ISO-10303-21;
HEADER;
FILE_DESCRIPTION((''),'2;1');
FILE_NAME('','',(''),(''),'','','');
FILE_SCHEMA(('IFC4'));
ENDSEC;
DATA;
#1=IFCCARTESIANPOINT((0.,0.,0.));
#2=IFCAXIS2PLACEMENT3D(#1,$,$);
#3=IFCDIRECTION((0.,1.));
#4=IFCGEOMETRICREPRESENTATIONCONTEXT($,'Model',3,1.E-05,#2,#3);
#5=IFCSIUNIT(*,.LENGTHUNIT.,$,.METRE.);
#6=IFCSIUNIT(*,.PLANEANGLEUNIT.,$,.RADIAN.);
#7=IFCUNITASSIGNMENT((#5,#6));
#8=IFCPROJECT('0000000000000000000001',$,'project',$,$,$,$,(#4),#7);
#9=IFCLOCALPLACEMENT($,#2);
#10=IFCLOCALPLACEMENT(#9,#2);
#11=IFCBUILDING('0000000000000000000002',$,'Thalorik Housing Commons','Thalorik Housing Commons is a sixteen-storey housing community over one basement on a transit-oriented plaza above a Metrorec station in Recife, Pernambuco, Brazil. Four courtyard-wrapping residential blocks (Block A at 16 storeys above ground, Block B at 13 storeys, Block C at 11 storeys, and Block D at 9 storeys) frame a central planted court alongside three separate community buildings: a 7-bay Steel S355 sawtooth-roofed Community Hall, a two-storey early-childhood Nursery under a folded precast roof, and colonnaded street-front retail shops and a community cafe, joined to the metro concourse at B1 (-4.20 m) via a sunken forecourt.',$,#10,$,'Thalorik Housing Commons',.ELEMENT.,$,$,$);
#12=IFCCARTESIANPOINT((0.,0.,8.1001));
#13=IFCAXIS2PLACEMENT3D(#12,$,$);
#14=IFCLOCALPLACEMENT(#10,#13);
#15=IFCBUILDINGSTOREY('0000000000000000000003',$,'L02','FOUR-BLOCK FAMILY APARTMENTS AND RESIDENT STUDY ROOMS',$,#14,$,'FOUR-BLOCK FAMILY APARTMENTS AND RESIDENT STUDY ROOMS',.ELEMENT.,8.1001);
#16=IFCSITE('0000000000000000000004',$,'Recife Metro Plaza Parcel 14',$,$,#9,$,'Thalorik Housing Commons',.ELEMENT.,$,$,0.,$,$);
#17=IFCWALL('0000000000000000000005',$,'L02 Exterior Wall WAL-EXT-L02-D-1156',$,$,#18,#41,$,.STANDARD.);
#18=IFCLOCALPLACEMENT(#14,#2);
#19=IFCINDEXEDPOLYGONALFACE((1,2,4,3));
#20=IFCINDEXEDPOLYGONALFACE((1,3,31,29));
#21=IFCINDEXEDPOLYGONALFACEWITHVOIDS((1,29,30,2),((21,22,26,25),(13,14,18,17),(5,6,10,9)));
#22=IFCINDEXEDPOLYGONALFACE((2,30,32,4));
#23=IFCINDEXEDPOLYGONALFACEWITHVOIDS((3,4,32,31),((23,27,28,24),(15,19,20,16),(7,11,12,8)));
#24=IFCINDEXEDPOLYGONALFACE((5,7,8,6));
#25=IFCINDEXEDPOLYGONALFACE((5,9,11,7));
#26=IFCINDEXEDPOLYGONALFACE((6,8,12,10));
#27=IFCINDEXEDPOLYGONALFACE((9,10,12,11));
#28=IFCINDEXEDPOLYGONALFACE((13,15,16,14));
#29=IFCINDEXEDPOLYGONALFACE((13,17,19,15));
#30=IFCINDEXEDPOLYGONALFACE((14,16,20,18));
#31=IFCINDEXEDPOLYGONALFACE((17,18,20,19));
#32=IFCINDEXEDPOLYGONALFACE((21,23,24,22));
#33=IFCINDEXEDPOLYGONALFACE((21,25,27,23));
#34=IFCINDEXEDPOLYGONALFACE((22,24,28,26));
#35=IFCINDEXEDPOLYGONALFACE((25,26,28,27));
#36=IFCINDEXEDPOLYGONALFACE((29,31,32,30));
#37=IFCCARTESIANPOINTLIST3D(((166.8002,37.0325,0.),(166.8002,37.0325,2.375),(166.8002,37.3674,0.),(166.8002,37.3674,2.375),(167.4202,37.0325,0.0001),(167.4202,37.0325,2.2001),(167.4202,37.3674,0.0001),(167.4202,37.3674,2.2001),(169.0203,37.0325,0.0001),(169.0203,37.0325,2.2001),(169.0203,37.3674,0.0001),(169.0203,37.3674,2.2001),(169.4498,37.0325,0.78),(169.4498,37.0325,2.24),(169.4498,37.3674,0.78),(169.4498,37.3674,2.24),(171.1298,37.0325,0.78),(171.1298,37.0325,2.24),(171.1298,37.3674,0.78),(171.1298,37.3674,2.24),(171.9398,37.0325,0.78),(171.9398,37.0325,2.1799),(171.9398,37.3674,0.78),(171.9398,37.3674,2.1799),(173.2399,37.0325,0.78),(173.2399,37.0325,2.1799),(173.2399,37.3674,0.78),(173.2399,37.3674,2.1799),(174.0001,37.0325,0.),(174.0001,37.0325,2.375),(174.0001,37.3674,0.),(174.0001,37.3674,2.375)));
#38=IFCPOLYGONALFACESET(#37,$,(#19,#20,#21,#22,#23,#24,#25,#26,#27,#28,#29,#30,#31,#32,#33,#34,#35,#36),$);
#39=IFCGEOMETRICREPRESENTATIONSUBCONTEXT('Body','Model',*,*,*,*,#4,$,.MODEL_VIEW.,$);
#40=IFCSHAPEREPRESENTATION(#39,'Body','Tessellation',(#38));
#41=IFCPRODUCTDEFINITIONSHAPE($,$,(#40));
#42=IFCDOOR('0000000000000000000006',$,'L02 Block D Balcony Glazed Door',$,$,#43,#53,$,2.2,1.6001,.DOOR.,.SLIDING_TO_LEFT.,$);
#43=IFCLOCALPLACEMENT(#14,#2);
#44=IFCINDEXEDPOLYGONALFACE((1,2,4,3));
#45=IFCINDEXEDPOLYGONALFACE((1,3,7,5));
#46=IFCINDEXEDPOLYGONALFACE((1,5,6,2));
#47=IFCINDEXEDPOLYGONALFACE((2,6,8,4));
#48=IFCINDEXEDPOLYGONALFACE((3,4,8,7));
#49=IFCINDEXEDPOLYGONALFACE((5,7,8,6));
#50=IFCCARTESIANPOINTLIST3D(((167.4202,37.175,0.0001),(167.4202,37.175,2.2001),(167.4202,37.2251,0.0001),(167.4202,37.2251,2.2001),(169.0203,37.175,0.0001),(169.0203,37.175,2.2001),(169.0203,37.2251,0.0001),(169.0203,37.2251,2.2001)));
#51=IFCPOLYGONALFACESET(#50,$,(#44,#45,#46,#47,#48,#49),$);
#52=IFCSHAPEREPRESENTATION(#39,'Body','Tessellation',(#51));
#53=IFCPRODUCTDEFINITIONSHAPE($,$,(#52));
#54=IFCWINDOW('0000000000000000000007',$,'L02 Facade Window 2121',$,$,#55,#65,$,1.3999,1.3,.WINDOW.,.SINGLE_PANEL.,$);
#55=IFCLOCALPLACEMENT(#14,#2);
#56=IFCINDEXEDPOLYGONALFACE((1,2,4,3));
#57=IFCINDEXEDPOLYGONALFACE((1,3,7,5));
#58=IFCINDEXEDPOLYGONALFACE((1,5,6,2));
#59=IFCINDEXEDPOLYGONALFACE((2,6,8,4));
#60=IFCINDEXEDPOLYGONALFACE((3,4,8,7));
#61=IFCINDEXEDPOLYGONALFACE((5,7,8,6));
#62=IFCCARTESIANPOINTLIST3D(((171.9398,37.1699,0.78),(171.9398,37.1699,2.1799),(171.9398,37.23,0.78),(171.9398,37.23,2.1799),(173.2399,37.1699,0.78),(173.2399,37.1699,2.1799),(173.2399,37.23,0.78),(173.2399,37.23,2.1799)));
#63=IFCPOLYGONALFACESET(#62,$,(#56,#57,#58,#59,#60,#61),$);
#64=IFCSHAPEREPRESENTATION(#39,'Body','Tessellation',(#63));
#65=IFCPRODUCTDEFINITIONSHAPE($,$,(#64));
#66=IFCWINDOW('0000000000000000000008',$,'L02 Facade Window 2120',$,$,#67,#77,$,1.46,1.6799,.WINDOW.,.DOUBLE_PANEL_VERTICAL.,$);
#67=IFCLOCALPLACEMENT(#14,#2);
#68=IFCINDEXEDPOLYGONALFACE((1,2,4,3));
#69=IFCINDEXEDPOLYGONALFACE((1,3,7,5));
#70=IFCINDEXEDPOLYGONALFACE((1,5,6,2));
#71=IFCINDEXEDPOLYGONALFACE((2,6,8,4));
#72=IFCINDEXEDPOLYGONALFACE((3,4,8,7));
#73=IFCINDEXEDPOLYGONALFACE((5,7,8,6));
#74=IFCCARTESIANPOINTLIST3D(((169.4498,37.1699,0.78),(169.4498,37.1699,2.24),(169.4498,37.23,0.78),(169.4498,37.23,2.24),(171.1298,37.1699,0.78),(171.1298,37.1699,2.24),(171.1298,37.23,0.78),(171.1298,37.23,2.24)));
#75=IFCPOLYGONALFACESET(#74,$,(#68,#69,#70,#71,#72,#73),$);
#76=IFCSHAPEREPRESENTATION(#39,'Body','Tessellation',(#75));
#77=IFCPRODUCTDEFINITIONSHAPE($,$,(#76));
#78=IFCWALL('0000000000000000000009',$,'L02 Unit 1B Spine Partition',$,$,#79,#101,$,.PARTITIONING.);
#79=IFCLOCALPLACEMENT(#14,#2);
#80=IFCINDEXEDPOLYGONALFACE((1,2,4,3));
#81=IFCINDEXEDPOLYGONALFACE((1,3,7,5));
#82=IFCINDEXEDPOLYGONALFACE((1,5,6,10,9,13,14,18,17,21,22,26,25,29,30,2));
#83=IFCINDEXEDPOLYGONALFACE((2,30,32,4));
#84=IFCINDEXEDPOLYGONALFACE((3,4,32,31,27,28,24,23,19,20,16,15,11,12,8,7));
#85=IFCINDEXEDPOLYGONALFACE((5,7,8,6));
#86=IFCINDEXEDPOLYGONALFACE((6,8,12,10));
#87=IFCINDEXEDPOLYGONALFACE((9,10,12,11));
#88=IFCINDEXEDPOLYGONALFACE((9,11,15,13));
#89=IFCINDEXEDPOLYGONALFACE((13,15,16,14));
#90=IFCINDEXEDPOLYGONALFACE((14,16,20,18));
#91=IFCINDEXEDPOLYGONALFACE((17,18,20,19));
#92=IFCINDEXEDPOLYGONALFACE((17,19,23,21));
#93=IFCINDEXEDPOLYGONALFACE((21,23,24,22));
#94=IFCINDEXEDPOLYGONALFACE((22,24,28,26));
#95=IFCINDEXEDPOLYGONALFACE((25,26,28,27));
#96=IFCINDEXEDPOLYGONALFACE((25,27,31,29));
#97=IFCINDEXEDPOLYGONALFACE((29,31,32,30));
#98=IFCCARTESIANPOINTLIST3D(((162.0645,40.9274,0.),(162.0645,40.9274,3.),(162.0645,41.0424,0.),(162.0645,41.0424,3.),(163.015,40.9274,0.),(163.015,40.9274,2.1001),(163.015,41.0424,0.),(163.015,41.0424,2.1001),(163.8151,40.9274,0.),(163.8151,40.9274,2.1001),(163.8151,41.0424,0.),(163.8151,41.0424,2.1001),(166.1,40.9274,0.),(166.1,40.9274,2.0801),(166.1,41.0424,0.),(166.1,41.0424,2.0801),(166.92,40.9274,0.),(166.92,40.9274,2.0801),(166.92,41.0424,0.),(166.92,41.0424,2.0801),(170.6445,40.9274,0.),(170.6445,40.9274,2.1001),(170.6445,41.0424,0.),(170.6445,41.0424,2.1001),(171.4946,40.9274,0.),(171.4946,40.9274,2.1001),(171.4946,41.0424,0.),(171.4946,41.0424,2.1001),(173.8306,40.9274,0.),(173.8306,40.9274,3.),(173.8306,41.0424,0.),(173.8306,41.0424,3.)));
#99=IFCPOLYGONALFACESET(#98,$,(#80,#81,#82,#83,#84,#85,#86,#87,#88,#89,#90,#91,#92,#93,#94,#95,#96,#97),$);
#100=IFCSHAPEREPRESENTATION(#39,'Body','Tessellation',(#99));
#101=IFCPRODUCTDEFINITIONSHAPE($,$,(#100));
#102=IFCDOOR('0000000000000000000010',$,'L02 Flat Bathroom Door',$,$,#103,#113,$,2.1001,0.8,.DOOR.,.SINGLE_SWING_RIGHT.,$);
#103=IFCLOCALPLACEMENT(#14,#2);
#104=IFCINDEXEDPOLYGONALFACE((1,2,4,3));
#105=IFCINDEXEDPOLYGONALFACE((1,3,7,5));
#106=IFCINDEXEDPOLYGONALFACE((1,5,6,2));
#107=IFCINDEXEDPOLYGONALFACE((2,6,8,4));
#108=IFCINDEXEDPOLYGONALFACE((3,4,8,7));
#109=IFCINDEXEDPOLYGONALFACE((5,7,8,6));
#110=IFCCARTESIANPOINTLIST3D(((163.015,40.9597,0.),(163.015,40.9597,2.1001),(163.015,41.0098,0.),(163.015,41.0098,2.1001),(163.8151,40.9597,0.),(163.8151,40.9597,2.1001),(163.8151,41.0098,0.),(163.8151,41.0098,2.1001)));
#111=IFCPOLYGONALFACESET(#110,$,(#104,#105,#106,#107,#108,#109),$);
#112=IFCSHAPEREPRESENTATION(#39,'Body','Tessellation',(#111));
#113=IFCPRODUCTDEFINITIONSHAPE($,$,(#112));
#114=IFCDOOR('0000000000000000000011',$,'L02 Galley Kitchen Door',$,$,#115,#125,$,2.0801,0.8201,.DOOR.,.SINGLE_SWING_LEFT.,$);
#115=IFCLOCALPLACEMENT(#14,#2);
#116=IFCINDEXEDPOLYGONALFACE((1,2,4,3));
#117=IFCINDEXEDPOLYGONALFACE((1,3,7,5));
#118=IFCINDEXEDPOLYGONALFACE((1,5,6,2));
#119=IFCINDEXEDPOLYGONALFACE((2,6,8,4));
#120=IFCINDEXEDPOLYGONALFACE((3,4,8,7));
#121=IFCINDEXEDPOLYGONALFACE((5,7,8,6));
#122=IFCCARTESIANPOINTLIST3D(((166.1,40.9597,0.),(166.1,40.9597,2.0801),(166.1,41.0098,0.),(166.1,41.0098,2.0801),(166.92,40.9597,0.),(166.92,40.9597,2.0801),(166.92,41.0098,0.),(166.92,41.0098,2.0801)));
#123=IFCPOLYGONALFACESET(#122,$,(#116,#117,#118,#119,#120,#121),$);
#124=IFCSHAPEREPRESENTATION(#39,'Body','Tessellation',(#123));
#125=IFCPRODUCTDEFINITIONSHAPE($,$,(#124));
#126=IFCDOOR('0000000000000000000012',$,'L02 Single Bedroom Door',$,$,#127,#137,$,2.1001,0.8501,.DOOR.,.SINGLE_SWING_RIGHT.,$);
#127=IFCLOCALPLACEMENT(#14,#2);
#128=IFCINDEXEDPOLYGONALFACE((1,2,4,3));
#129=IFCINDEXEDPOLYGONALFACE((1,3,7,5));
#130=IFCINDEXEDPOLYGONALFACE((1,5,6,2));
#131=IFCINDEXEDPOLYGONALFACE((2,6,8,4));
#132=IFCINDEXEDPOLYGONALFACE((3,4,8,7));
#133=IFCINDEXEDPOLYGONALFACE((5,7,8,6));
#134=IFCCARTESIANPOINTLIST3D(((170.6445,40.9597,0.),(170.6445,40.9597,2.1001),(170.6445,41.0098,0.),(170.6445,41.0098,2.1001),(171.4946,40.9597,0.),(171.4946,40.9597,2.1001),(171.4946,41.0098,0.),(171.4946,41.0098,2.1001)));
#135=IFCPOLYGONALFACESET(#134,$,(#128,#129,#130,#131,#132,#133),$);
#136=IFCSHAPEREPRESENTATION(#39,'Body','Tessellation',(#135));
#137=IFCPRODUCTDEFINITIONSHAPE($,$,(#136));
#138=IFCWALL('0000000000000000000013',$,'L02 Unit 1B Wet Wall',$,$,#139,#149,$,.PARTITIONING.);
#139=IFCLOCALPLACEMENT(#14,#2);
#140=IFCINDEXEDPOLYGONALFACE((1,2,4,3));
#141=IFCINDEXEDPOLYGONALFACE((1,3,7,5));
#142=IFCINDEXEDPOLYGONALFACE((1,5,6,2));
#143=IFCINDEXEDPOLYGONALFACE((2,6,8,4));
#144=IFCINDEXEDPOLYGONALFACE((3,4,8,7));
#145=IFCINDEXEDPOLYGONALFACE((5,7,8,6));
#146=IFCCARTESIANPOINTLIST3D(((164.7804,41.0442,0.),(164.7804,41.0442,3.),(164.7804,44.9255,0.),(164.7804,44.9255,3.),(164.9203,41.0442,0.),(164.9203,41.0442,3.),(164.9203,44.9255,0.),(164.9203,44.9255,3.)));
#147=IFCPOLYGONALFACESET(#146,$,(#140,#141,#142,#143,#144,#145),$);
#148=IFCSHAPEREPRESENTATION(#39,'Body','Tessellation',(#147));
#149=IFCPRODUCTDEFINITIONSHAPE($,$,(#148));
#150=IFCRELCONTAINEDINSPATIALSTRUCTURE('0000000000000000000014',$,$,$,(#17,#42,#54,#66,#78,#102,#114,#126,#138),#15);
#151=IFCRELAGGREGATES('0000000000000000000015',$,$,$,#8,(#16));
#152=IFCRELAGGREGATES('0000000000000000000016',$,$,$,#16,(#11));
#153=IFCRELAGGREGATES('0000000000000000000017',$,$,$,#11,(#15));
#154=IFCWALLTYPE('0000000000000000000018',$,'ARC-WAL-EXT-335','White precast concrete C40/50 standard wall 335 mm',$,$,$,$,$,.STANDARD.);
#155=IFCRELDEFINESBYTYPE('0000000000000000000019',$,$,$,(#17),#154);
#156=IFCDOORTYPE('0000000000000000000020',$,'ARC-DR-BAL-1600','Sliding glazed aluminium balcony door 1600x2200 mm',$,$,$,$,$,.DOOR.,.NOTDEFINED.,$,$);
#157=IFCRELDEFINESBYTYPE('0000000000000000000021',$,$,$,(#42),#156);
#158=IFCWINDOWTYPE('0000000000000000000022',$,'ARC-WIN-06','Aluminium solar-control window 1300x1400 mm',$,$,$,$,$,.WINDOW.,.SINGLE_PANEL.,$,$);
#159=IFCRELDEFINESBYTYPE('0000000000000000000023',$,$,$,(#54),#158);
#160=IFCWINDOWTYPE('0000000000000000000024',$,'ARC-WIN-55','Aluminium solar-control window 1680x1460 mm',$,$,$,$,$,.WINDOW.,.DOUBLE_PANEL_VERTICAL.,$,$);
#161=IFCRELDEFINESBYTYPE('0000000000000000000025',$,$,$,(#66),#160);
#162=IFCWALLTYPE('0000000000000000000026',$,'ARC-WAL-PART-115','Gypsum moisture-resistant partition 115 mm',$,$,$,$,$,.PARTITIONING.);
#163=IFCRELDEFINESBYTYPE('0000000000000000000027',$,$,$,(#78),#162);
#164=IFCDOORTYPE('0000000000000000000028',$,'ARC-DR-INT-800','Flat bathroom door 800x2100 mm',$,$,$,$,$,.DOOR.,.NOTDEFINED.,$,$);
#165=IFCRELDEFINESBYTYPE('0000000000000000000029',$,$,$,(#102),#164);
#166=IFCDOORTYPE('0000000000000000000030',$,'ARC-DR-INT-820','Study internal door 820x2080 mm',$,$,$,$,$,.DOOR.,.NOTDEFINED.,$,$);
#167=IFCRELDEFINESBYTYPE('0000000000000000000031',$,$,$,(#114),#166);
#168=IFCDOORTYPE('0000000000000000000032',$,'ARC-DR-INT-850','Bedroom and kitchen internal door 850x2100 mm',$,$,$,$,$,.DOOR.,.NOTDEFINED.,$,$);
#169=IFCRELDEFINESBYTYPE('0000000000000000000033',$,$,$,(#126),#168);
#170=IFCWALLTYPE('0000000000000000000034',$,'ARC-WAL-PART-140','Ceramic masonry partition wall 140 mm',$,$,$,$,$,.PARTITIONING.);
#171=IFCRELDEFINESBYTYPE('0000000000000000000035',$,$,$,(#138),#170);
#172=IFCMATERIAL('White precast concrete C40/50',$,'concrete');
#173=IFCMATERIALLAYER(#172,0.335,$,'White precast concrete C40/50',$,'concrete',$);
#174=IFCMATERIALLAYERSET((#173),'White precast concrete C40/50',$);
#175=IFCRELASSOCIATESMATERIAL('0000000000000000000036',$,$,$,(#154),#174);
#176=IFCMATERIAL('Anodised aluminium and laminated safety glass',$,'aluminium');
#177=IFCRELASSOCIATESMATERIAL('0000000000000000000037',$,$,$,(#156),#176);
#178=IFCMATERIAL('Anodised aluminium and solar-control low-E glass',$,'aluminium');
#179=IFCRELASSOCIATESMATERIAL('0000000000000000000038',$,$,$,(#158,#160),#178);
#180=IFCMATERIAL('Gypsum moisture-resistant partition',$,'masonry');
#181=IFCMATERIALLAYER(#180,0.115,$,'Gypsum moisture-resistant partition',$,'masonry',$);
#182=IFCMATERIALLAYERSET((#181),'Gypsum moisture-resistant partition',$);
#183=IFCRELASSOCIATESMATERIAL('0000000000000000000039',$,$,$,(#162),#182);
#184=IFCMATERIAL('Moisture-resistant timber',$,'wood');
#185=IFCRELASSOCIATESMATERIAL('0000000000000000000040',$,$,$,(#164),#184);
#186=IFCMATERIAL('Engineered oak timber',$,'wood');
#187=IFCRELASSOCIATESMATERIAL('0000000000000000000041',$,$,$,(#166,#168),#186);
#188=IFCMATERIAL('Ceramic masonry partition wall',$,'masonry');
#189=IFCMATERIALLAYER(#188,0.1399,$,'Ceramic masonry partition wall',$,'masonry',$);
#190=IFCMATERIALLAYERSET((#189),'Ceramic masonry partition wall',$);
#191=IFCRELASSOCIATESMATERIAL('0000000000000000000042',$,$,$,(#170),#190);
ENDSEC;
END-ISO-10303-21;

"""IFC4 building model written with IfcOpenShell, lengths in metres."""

from ifc_helpers import new_model, si_unit, direction, frame, frame_2d, origin, place, context, subcontext, project, spatial, rectangle, extrude, material, layer, layer_set, type_object, element, fill, save


model = new_model("IFC4")

# Units and contexts
model_context = context("Model", 3, precision=1e-05, world=origin(), true_north=direction((0.0, 1.0)))
body_context = subcontext(model_context, "Body", "Model", "MODEL_VIEW")
ifc_project = project(units=[si_unit("LENGTHUNIT", "METRE"), si_unit("PLANEANGLEUNIT", "RADIAN")], contexts=[model_context])

# Site, building, storey
site_placement = place(None, origin())
site = spatial("IfcSite", under=ifc_project, at=site_placement, Name="Recife Metro Plaza Parcel 14", LongName="Thalorik Housing Commons", CompositionType="ELEMENT", RefElevation=0.0)
building_placement = place(site_placement, origin())
building = spatial("IfcBuilding", under=site, at=building_placement, Name="Thalorik Housing Commons", Description="Thalorik Housing Commons is a sixteen-storey housing community over one basement on a transit-oriented plaza above a Metrorec station in Recife, Pernambuco, Brazil. Four courtyard-wrapping residential blocks (Block A at 16 storeys above ground, Block B at 13 storeys, Block C at 11 storeys, and Block D at 9 storeys) frame a central planted court alongside three separate community buildings: a 7-bay Steel S355 sawtooth-roofed Community Hall, a two-storey early-childhood Nursery under a folded precast roof, and colonnaded street-front retail shops and a community cafe, joined to the metro concourse at B1 (-4.20 m) via a sunken forecourt.", LongName="Thalorik Housing Commons", CompositionType="ELEMENT")
storey_placement = place(building_placement, frame((0.0, 0.0, 8.1001)))
storey = spatial("IfcBuildingStorey", under=building, at=storey_placement, Name="L02", Description="FOUR-BLOCK FAMILY APARTMENTS AND RESIDENT STUDY ROOMS", LongName="FOUR-BLOCK FAMILY APARTMENTS AND RESIDENT STUDY ROOMS", CompositionType="ELEMENT", Elevation=8.1001)

# Wall, openings, door, windows
ifc_material_1 = material(Name="White precast concrete C40/50", Category="concrete")
ifc_layer_1 = layer(ifc_material_1, 0.335, Name="White precast concrete C40/50", Category="concrete")
ifc_layer_set_1 = layer_set([ifc_layer_1], Name="White precast concrete C40/50")
wall_type_1 = type_object("IfcWallType", Name="ARC-WAL-EXT-335", Description="White precast concrete C40/50 standard wall 335 mm", PredefinedType="STANDARD", material=ifc_layer_set_1)
wall_1_placement = place(storey_placement, frame((166.8, 37.2, 0.0), z_axis=(0.0, 0.0, 1.0), x_axis=(1.0, 0.0, 0.0)))
wall_1 = element("IfcWall", 1, at=wall_1_placement, inside=storey, type_object=wall_type_1, Name="L02 Exterior Wall WAL-EXT-L02-D-1156", PredefinedType="STANDARD", context=body_context, shape_type="SweptSolid", body=[
    extrude(rectangle(XDim=7.2, YDim=0.335, at=frame_2d((3.6001, 0.0))), origin(), (0.0, 0.0, 1.0), 2.375),
])
opening_1_placement = place(wall_1_placement, frame((0.6201, 0.0, 0.0)))
opening_1 = element("IfcOpeningElement", 2, at=opening_1_placement, cuts=wall_1, PredefinedType="OPENING", context=body_context, shape_type="SweptSolid", body=[
    extrude(rectangle(XDim=1.6001, YDim=2.2, at=frame_2d((0.8, 1.1001))), frame((0.0, 0.1775, 0.0), z_axis=(0.0, -1.0, 0.0), x_axis=(1.0, 0.0, 0.0)), (0.0, 0.0, 1.0), 0.355),
])
opening_2_placement = place(wall_1_placement, frame((2.6499, 0.0, 0.78)))
opening_2 = element("IfcOpeningElement", 3, at=opening_2_placement, cuts=wall_1, PredefinedType="OPENING", context=body_context, shape_type="SweptSolid", body=[
    extrude(rectangle(XDim=1.6799, YDim=1.46, at=frame_2d((0.8398, 0.73))), frame((0.0, 0.1775, 0.0), z_axis=(0.0, -1.0, 0.0), x_axis=(1.0, 0.0, 0.0)), (0.0, 0.0, 1.0), 0.355),
])
opening_3_placement = place(wall_1_placement, frame((5.1399, 0.0, 0.78)))
opening_3 = element("IfcOpeningElement", 4, at=opening_3_placement, cuts=wall_1, PredefinedType="OPENING", context=body_context, shape_type="SweptSolid", body=[
    extrude(rectangle(XDim=1.3, YDim=1.3999, at=frame_2d((0.6499, 0.7))), frame((0.0, 0.1775, 0.0), z_axis=(0.0, -1.0, 0.0), x_axis=(1.0, 0.0, 0.0)), (0.0, 0.0, 1.0), 0.355),
])
ifc_material_2 = material(Name="Anodised aluminium and laminated safety glass", Category="aluminium")
door_type_1 = type_object("IfcDoorType", Name="ARC-DR-BAL-1600", Description="Sliding glazed aluminium balcony door 1600x2200 mm", OperationType="NOTDEFINED", PredefinedType="DOOR", material=ifc_material_2)
door_1_placement = place(opening_1_placement, frame((1.6001, 0.0, 0.0), z_axis=(0.0, 0.0, 1.0), x_axis=(-1.0, 0.0, 0.0)))
door_1 = element("IfcDoor", 5, at=door_1_placement, inside=storey, type_object=door_type_1, Name="L02 Block D Balcony Glazed Door", OperationType="SLIDING_TO_LEFT", OverallHeight=2.2, OverallWidth=1.6001, PredefinedType="DOOR", context=body_context, shape_type="SweptSolid", body=[
    extrude(rectangle(XDim=1.6001, YDim=2.2, at=frame_2d((0.8, 1.1001))), frame((0.0, 0.0249, 0.0), z_axis=(0.0, -1.0, 0.0), x_axis=(1.0, 0.0, 0.0)), (0.0, 0.0, 1.0), 0.05),
])
fill(opening_1, door_1)
ifc_material_3 = material(Name="Anodised aluminium and solar-control low-E glass", Category="aluminium")
window_type_1 = type_object("IfcWindowType", Name="ARC-WIN-06", Description="Aluminium solar-control window 1300x1400 mm", PartitioningType="SINGLE_PANEL", PredefinedType="WINDOW", material=ifc_material_3)
window_1_placement = place(opening_3_placement, origin())
window_1 = element("IfcWindow", 6, at=window_1_placement, inside=storey, type_object=window_type_1, Name="L02 Facade Window 2121", OverallHeight=1.3999, OverallWidth=1.3, PartitioningType="SINGLE_PANEL", PredefinedType="WINDOW", context=body_context, shape_type="SweptSolid", body=[
    extrude(rectangle(XDim=1.3, YDim=1.3999, at=frame_2d((0.6499, 0.7))), frame((0.0, 0.03, 0.0), z_axis=(0.0, -1.0, 0.0), x_axis=(1.0, 0.0, 0.0)), (0.0, 0.0, 1.0), 0.0601),
])
fill(opening_3, window_1)
window_type_2 = type_object("IfcWindowType", Name="ARC-WIN-55", Description="Aluminium solar-control window 1680x1460 mm", PartitioningType="DOUBLE_PANEL_VERTICAL", PredefinedType="WINDOW", material=ifc_material_3)
window_2_placement = place(opening_2_placement, origin())
window_2 = element("IfcWindow", 7, at=window_2_placement, inside=storey, type_object=window_type_2, Name="L02 Facade Window 2120", OverallHeight=1.46, OverallWidth=1.6799, PartitioningType="DOUBLE_PANEL_VERTICAL", PredefinedType="WINDOW", context=body_context, shape_type="SweptSolid", body=[
    extrude(rectangle(XDim=1.6799, YDim=1.46, at=frame_2d((0.8398, 0.73))), frame((0.0, 0.03, 0.0), z_axis=(0.0, -1.0, 0.0), x_axis=(1.0, 0.0, 0.0)), (0.0, 0.0, 1.0), 0.0601),
])
fill(opening_2, window_2)

# Wall, openings, doors
ifc_material_4 = material(Name="Gypsum moisture-resistant partition", Category="masonry")
ifc_layer_2 = layer(ifc_material_4, 0.115, Name="Gypsum moisture-resistant partition", Category="masonry")
ifc_layer_set_2 = layer_set([ifc_layer_2], Name="Gypsum moisture-resistant partition")
wall_type_2 = type_object("IfcWallType", Name="ARC-WAL-PART-115", Description="Gypsum moisture-resistant partition 115 mm", PredefinedType="PARTITIONING", material=ifc_layer_set_2)
wall_2_placement = place(storey_placement, frame((162.0645, 40.9849, 0.0), z_axis=(0.0, 0.0, 1.0), x_axis=(1.0, 0.0, 0.0)))
wall_2 = element("IfcWall", 8, at=wall_2_placement, inside=storey, type_object=wall_type_2, Name="L02 Unit 1B Spine Partition", PredefinedType="PARTITIONING", context=body_context, shape_type="SweptSolid", body=[
    extrude(rectangle(XDim=11.7661, YDim=0.115, at=frame_2d((5.8831, 0.0))), origin(), (0.0, 0.0, 1.0), 3.0),
])
opening_4_placement = place(wall_2_placement, frame((0.9507, 0.0, 0.0)))
opening_4 = element("IfcOpeningElement", 9, at=opening_4_placement, cuts=wall_2, PredefinedType="OPENING", context=body_context, shape_type="SweptSolid", body=[
    extrude(rectangle(XDim=0.8, YDim=2.1001, at=frame_2d((0.3999, 1.05))), frame((0.0, 0.0674, 0.0), z_axis=(0.0, -1.0, 0.0), x_axis=(1.0, 0.0, 0.0)), (0.0, 0.0, 1.0), 0.135),
])
opening_5_placement = place(wall_2_placement, frame((4.0354, 0.0, 0.0)))
opening_5 = element("IfcOpeningElement", 10, at=opening_5_placement, cuts=wall_2, PredefinedType="OPENING", context=body_context, shape_type="SweptSolid", body=[
    extrude(rectangle(XDim=0.8201, YDim=2.0801, at=frame_2d((0.4102, 1.04))), frame((0.0, 0.0674, 0.0), z_axis=(0.0, -1.0, 0.0), x_axis=(1.0, 0.0, 0.0)), (0.0, 0.0, 1.0), 0.135),
])
opening_6_placement = place(wall_2_placement, frame((8.5801, 0.0, 0.0)))
opening_6 = element("IfcOpeningElement", 11, at=opening_6_placement, cuts=wall_2, PredefinedType="OPENING", context=body_context, shape_type="SweptSolid", body=[
    extrude(rectangle(XDim=0.8501, YDim=2.1001, at=frame_2d((0.425, 1.05))), frame((0.0, 0.0674, 0.0), z_axis=(0.0, -1.0, 0.0), x_axis=(1.0, 0.0, 0.0)), (0.0, 0.0, 1.0), 0.135),
])
ifc_material_5 = material(Name="Moisture-resistant timber", Category="wood")
door_type_2 = type_object("IfcDoorType", Name="ARC-DR-INT-800", Description="Flat bathroom door 800x2100 mm", OperationType="NOTDEFINED", PredefinedType="DOOR", material=ifc_material_5)
door_2_placement = place(opening_4_placement, origin())
door_2 = element("IfcDoor", 12, at=door_2_placement, inside=storey, type_object=door_type_2, Name="L02 Flat Bathroom Door", OperationType="SINGLE_SWING_RIGHT", OverallHeight=2.1001, OverallWidth=0.8, PredefinedType="DOOR", context=body_context, shape_type="SweptSolid", body=[
    extrude(rectangle(XDim=0.8, YDim=2.1001, at=frame_2d((0.3999, 1.05))), frame((0.0, 0.0249, 0.0), z_axis=(0.0, -1.0, 0.0), x_axis=(1.0, 0.0, 0.0)), (0.0, 0.0, 1.0), 0.05),
])
fill(opening_4, door_2)
ifc_material_6 = material(Name="Engineered oak timber", Category="wood")
door_type_3 = type_object("IfcDoorType", Name="ARC-DR-INT-820", Description="Study internal door 820x2080 mm", OperationType="NOTDEFINED", PredefinedType="DOOR", material=ifc_material_6)
door_3_placement = place(opening_5_placement, origin())
door_3 = element("IfcDoor", 13, at=door_3_placement, inside=storey, type_object=door_type_3, Name="L02 Galley Kitchen Door", OperationType="SINGLE_SWING_LEFT", OverallHeight=2.0801, OverallWidth=0.8201, PredefinedType="DOOR", context=body_context, shape_type="SweptSolid", body=[
    extrude(rectangle(XDim=0.8201, YDim=2.0801, at=frame_2d((0.4102, 1.04))), frame((0.0, 0.0249, 0.0), z_axis=(0.0, -1.0, 0.0), x_axis=(1.0, 0.0, 0.0)), (0.0, 0.0, 1.0), 0.05),
])
fill(opening_5, door_3)
door_type_4 = type_object("IfcDoorType", Name="ARC-DR-INT-850", Description="Bedroom and kitchen internal door 850x2100 mm", OperationType="NOTDEFINED", PredefinedType="DOOR", material=ifc_material_6)
door_4_placement = place(opening_6_placement, origin())
door_4 = element("IfcDoor", 14, at=door_4_placement, inside=storey, type_object=door_type_4, Name="L02 Single Bedroom Door", OperationType="SINGLE_SWING_RIGHT", OverallHeight=2.1001, OverallWidth=0.8501, PredefinedType="DOOR", context=body_context, shape_type="SweptSolid", body=[
    extrude(rectangle(XDim=0.8501, YDim=2.1001, at=frame_2d((0.425, 1.05))), frame((0.0, 0.0249, 0.0), z_axis=(0.0, -1.0, 0.0), x_axis=(1.0, 0.0, 0.0)), (0.0, 0.0, 1.0), 0.05),
])
fill(opening_6, door_4)

# Wall
ifc_material_7 = material(Name="Ceramic masonry partition wall", Category="masonry")
ifc_layer_3 = layer(ifc_material_7, 0.1399, Name="Ceramic masonry partition wall", Category="masonry")
ifc_layer_set_3 = layer_set([ifc_layer_3], Name="Ceramic masonry partition wall")
wall_type_3 = type_object("IfcWallType", Name="ARC-WAL-PART-140", Description="Ceramic masonry partition wall 140 mm", PredefinedType="PARTITIONING", material=ifc_layer_set_3)
wall_3_placement = place(storey_placement, frame((164.8503, 41.0442, 0.0), z_axis=(0.0, 0.0, 1.0), x_axis=(0.0, 1.0, 0.0)))
element("IfcWall", 15, at=wall_3_placement, inside=storey, type_object=wall_type_3, Name="L02 Unit 1B Wet Wall", PredefinedType="PARTITIONING", context=body_context, shape_type="SweptSolid", body=[
    extrude(rectangle(XDim=3.8813, YDim=0.1399, at=frame_2d((1.9407, 0.0))), origin(), (0.0, 0.0, 1.0), 3.0),
])

save(model, "model.ifc")
